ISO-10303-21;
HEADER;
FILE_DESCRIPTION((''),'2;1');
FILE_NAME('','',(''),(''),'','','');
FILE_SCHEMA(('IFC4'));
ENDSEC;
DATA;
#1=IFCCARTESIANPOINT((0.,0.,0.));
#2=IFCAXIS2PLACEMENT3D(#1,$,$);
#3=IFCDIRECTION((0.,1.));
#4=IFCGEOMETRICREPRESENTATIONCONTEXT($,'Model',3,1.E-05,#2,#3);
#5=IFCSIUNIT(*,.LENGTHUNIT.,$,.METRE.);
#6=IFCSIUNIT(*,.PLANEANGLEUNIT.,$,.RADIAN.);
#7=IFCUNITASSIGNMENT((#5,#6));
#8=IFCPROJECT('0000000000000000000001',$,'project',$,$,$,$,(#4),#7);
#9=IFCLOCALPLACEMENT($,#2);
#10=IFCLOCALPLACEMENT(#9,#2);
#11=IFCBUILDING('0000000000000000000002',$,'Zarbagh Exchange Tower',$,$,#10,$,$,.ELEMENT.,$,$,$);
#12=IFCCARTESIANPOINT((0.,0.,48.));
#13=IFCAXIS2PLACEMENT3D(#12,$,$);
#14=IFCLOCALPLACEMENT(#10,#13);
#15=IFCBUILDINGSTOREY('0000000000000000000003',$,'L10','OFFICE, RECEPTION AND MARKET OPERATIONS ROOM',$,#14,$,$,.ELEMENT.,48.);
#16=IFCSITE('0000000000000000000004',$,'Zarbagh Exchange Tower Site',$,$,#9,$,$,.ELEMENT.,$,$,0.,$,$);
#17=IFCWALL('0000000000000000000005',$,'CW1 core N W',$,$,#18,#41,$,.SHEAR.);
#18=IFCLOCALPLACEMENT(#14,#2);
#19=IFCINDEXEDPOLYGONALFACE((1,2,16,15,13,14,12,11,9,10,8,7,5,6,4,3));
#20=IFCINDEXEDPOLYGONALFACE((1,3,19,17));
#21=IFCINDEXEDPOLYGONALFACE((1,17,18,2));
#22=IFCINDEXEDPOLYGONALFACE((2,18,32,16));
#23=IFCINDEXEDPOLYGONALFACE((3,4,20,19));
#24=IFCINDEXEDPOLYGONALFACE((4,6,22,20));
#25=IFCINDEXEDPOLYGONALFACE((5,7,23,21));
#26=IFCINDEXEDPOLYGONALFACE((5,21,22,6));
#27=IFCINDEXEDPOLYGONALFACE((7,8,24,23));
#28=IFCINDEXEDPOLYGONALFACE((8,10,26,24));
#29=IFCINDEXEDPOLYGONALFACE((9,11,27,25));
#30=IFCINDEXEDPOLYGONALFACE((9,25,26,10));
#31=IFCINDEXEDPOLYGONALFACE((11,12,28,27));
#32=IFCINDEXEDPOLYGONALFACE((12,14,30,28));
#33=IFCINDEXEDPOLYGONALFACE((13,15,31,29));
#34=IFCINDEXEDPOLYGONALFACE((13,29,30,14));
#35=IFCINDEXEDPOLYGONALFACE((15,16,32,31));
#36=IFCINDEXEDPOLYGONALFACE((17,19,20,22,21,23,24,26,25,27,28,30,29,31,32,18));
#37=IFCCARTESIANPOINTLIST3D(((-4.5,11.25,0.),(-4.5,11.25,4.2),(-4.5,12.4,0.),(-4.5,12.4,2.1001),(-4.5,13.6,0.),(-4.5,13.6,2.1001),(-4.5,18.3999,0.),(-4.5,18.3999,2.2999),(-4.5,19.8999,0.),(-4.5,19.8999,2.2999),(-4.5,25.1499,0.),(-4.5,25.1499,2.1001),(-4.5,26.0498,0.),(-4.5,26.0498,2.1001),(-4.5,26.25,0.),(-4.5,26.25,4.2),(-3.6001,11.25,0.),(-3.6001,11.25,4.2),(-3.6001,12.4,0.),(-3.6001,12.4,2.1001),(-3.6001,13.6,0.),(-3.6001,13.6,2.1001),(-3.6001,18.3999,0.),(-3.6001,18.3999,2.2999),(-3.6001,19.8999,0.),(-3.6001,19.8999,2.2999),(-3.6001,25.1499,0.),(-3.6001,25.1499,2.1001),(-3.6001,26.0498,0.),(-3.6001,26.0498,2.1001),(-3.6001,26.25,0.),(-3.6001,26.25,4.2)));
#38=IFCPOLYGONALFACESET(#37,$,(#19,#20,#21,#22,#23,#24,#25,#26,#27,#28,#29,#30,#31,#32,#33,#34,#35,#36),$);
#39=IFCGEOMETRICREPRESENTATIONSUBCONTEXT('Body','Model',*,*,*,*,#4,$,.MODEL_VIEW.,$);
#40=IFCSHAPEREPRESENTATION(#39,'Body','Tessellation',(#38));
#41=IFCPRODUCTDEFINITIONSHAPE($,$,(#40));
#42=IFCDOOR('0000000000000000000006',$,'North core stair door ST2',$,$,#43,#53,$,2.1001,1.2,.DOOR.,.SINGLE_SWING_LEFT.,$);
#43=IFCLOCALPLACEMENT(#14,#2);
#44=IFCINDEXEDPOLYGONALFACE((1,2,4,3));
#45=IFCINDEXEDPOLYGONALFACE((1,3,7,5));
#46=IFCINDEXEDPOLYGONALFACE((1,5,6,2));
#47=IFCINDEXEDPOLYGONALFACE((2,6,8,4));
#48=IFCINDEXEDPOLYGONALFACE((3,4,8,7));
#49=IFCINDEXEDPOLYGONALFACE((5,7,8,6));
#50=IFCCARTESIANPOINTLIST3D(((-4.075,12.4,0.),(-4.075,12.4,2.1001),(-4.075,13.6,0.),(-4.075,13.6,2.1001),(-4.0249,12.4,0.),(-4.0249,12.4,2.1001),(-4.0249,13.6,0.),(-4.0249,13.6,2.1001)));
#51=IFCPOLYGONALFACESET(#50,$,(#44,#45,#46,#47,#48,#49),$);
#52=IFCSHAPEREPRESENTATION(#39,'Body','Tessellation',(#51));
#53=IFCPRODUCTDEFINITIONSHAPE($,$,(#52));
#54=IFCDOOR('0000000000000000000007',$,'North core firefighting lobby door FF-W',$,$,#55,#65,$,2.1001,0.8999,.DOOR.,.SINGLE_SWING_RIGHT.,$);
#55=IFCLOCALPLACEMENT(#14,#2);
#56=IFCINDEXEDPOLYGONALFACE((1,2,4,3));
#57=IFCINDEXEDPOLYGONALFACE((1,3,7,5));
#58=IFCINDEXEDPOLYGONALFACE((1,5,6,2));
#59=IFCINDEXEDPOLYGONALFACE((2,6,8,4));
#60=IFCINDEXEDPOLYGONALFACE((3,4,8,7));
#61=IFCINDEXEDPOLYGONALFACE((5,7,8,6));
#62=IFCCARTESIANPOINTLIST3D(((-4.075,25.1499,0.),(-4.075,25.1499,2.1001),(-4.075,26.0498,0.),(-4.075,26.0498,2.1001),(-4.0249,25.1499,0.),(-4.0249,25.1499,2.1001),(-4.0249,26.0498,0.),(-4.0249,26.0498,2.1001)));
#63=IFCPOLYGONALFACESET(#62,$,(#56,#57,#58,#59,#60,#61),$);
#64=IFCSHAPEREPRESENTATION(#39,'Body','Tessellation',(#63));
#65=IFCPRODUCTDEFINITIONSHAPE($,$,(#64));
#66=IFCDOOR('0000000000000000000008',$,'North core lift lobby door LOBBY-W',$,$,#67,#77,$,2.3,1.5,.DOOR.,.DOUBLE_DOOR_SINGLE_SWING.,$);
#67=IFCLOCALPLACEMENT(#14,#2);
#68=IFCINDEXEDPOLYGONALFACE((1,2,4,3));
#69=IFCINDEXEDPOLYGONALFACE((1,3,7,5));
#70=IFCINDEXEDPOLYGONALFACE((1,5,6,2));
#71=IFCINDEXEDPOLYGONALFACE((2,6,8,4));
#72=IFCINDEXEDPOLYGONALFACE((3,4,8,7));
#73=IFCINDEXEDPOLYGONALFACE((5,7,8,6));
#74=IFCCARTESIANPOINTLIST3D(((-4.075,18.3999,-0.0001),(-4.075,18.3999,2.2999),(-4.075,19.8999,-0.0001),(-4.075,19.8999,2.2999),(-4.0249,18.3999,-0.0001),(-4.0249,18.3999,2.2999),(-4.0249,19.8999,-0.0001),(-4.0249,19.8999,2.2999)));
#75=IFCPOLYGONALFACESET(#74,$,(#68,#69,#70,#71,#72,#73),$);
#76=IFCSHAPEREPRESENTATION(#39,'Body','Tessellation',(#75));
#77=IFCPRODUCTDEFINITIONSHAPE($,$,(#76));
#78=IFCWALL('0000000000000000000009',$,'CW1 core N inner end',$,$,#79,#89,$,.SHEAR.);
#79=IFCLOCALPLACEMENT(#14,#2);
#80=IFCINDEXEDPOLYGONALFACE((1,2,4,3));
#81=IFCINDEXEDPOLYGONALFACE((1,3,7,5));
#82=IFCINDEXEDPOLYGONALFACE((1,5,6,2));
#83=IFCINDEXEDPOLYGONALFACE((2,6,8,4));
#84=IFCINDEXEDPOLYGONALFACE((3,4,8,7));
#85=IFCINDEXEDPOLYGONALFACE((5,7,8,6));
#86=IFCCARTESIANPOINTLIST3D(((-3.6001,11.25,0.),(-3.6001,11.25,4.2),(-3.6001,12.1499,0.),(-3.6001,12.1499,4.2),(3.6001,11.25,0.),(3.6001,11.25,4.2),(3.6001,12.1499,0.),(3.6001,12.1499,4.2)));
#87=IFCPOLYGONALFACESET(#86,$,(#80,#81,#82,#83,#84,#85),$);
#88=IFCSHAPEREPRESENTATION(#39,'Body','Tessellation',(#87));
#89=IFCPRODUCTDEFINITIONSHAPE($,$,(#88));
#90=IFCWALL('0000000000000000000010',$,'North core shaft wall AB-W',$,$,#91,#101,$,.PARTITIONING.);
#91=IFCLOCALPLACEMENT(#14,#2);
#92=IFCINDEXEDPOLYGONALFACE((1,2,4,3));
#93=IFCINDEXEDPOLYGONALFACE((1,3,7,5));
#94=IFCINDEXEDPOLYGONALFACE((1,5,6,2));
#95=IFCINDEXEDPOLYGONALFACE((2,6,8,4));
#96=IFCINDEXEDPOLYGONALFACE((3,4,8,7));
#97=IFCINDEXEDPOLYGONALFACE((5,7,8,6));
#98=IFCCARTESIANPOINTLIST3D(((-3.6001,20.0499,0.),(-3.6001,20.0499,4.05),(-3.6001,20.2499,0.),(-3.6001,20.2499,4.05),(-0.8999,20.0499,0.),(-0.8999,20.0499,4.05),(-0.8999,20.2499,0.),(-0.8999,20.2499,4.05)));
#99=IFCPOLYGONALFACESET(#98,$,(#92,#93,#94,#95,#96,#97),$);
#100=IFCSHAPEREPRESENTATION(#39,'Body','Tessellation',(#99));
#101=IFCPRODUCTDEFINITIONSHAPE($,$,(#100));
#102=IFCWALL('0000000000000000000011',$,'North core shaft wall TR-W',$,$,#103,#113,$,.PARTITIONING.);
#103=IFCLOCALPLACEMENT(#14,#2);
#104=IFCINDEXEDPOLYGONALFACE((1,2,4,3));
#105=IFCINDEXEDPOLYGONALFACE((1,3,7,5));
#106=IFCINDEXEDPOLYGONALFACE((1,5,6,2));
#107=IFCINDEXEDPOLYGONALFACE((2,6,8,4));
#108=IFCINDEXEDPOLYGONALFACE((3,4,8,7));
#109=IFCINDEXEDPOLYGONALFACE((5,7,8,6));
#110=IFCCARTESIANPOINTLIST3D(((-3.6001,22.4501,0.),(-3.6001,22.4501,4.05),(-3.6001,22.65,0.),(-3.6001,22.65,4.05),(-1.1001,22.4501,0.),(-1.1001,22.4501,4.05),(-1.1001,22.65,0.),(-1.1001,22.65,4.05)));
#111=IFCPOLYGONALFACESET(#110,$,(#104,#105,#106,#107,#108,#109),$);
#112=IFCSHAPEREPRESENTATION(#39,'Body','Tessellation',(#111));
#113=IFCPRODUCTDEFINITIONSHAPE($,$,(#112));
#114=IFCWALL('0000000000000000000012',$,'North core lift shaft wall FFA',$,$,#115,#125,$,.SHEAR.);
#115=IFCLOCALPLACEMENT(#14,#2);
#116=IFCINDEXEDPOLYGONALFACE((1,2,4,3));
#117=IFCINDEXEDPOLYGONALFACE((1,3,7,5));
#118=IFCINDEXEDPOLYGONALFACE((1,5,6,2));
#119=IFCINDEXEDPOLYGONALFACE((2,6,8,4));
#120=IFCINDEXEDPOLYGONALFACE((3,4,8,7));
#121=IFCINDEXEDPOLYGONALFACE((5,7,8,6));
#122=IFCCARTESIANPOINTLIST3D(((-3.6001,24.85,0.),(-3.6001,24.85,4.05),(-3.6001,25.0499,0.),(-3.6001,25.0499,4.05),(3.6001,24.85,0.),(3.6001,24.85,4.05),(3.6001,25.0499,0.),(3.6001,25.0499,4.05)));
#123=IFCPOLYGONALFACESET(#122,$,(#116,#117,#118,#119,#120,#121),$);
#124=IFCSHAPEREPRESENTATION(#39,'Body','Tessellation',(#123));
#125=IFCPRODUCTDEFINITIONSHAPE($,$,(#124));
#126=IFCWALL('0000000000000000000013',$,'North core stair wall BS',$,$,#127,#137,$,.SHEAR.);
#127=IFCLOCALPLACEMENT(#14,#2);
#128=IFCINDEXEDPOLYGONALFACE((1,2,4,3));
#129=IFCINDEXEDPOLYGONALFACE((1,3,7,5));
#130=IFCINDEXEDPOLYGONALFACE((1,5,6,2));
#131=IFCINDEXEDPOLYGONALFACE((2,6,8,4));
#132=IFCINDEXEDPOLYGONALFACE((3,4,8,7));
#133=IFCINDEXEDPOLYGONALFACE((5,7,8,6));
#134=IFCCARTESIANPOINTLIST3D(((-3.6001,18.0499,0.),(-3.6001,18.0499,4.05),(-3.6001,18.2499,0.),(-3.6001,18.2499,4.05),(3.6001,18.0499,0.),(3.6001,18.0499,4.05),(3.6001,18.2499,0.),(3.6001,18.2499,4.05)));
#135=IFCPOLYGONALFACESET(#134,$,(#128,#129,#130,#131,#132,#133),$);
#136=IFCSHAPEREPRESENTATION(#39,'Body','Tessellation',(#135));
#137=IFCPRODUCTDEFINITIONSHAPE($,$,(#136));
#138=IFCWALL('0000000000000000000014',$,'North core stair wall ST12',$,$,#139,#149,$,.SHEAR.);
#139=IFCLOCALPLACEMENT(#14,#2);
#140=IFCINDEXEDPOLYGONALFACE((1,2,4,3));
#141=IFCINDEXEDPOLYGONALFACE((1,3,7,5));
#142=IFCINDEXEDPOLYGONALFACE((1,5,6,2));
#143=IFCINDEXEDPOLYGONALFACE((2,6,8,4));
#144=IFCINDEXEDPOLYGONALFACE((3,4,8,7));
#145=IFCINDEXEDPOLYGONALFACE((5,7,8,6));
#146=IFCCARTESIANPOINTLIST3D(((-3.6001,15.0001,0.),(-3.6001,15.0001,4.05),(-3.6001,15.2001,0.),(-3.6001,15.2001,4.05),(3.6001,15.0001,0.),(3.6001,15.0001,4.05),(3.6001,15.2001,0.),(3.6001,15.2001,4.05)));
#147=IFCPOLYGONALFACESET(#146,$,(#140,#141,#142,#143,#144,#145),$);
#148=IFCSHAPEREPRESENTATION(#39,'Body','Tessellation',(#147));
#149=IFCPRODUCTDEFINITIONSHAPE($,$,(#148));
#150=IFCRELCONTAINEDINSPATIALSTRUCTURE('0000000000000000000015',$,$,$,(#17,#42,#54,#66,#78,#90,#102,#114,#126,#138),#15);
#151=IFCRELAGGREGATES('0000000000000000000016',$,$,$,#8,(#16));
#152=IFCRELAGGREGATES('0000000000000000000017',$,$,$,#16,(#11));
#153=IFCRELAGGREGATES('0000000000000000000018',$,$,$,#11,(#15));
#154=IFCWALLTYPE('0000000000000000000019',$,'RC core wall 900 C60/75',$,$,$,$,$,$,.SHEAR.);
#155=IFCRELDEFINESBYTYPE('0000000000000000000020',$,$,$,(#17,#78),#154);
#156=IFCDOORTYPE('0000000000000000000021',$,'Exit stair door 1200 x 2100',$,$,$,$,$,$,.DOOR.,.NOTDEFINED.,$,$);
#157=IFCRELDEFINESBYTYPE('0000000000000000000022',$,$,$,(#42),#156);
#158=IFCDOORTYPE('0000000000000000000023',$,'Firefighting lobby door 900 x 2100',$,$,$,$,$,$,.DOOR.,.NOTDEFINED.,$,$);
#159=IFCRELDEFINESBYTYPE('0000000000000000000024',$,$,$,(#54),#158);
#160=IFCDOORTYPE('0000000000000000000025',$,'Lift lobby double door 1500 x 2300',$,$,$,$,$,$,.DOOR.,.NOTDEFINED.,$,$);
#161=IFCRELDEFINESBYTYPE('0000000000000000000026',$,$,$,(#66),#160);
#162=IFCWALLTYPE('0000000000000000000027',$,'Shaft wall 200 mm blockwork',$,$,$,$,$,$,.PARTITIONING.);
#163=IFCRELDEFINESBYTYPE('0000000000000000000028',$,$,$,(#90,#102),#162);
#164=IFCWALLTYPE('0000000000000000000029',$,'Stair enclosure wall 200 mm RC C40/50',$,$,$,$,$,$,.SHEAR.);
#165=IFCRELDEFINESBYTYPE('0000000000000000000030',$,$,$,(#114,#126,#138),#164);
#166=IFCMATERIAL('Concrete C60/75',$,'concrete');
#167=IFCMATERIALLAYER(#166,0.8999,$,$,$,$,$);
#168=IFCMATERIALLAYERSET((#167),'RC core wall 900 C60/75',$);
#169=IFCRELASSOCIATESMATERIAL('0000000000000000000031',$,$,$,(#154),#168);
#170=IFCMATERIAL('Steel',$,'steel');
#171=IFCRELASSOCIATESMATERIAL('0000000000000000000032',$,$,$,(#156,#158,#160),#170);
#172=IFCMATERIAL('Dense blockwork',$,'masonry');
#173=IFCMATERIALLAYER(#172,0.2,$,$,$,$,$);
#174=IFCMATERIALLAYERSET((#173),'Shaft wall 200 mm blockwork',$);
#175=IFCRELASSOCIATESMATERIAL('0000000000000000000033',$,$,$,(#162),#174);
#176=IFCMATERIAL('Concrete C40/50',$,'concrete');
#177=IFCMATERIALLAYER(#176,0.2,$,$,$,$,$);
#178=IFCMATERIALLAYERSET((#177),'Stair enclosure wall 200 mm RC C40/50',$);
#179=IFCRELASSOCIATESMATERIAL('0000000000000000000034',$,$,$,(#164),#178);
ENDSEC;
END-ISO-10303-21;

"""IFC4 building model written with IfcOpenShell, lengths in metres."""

from ifc_helpers import new_model, si_unit, direction, frame, frame_2d, origin, place, context, subcontext, project, spatial, rectangle, extrude, material, layer, layer_set, type_object, element, fill, save


model = new_model("IFC4")

# Units and contexts
model_context = context("Model", 3, precision=1e-05, world=origin(), true_north=direction((0.0, 1.0)))
body_context = subcontext(model_context, "Body", "Model", "MODEL_VIEW")
ifc_project = project(units=[si_unit("LENGTHUNIT", "METRE"), si_unit("PLANEANGLEUNIT", "RADIAN")], contexts=[model_context])

# Site, building, storey
site_placement = place(None, origin())
site = spatial("IfcSite", under=ifc_project, at=site_placement, Name="Zarbagh Exchange Tower Site", CompositionType="ELEMENT", RefElevation=0.0)
building_placement = place(site_placement, origin())
building = spatial("IfcBuilding", under=site, at=building_placement, Name="Zarbagh Exchange Tower", CompositionType="ELEMENT")
storey_placement = place(building_placement, frame((0.0, 0.0, 48.0)))
storey = spatial("IfcBuildingStorey", under=building, at=storey_placement, Name="L10", Description="OFFICE, RECEPTION AND MARKET OPERATIONS ROOM", CompositionType="ELEMENT", Elevation=48.0)

# Shared definitions
ifc_material_1 = material(Name="Concrete C60/75", Category="concrete")

# Wall, openings, doors
ifc_layer_1 = layer(ifc_material_1, 0.8999)
ifc_layer_set_1 = layer_set([ifc_layer_1], Name="RC core wall 900 C60/75")
wall_type_1 = type_object("IfcWallType", Name="RC core wall 900 C60/75", PredefinedType="SHEAR", material=ifc_layer_set_1)
wall_1_placement = place(storey_placement, frame((-4.05, 11.25, 0.0), z_axis=(0.0, 0.0, 1.0), x_axis=(0.0, 1.0, 0.0)))
wall_1 = element("IfcWall", 1, at=wall_1_placement, inside=storey, type_object=wall_type_1, Name="CW1 core N W", PredefinedType="SHEAR", context=body_context, shape_type="SweptSolid", body=[
    extrude(rectangle(XDim=15.0, YDim=0.8999, at=frame_2d((7.5, 0.0))), origin(), (0.0, 0.0, 1.0), 4.2),
])
opening_1_placement = place(wall_1_placement, frame((7.1499, 0.0, 0.0)))
opening_1 = element("IfcOpeningElement", 2, at=opening_1_placement, cuts=wall_1, PredefinedType="OPENING", context=body_context, shape_type="SweptSolid", body=[
    extrude(rectangle(XDim=1.5, YDim=2.3, at=frame_2d((0.75, 1.1499))), frame((0.0, 0.46, 0.0), z_axis=(0.0, -1.0, 0.0), x_axis=(1.0, 0.0, 0.0)), (0.0, 0.0, 1.0), 0.9199),
])
opening_2_placement = place(wall_1_placement, frame((13.8999, 0.0, 0.0)))
opening_2 = element("IfcOpeningElement", 3, at=opening_2_placement, cuts=wall_1, PredefinedType="OPENING", context=body_context, shape_type="SweptSolid", body=[
    extrude(rectangle(XDim=0.8999, YDim=2.1001, at=frame_2d((0.45, 1.05))), frame((0.0, 0.46, 0.0), z_axis=(0.0, -1.0, 0.0), x_axis=(1.0, 0.0, 0.0)), (0.0, 0.0, 1.0), 0.9199),
])
opening_3_placement = place(wall_1_placement, frame((1.1499, 0.0, 0.0)))
opening_3 = element("IfcOpeningElement", 4, at=opening_3_placement, cuts=wall_1, PredefinedType="OPENING", context=body_context, shape_type="SweptSolid", body=[
    extrude(rectangle(XDim=1.2, YDim=2.1001, at=frame_2d((0.6001, 1.05))), frame((0.0, 0.46, 0.0), z_axis=(0.0, -1.0, 0.0), x_axis=(1.0, 0.0, 0.0)), (0.0, 0.0, 1.0), 0.9199),
])
ifc_material_2 = material(Name="Steel", Category="steel")
door_type_1 = type_object("IfcDoorType", Name="Exit stair door 1200 x 2100", OperationType="NOTDEFINED", PredefinedType="DOOR", material=ifc_material_2)
door_1_placement = place(opening_3_placement, origin())
door_1 = element("IfcDoor", 5, at=door_1_placement, inside=storey, type_object=door_type_1, Name="North core stair door ST2", OperationType="SINGLE_SWING_LEFT", OverallHeight=2.1001, OverallWidth=1.2, PredefinedType="DOOR", context=body_context, shape_type="SweptSolid", body=[
    extrude(rectangle(XDim=1.2, YDim=2.1001, at=frame_2d((0.6001, 1.05))), frame((0.0, 0.0249, 0.0), z_axis=(0.0, -1.0, 0.0), x_axis=(1.0, 0.0, 0.0)), (0.0, 0.0, 1.0), 0.05),
])
fill(opening_3, door_1)
door_type_2 = type_object("IfcDoorType", Name="Firefighting lobby door 900 x 2100", OperationType="NOTDEFINED", PredefinedType="DOOR", material=ifc_material_2)
door_2_placement = place(opening_2_placement, origin())
door_2 = element("IfcDoor", 6, at=door_2_placement, inside=storey, type_object=door_type_2, Name="North core firefighting lobby door FF-W", OperationType="SINGLE_SWING_RIGHT", OverallHeight=2.1001, OverallWidth=0.8999, PredefinedType="DOOR", context=body_context, shape_type="SweptSolid", body=[
    extrude(rectangle(XDim=0.8999, YDim=2.1001, at=frame_2d((0.45, 1.05))), frame((0.0, 0.0249, 0.0), z_axis=(0.0, -1.0, 0.0), x_axis=(1.0, 0.0, 0.0)), (0.0, 0.0, 1.0), 0.05),
])
fill(opening_2, door_2)
door_type_3 = type_object("IfcDoorType", Name="Lift lobby double door 1500 x 2300", OperationType="NOTDEFINED", PredefinedType="DOOR", material=ifc_material_2)
door_3_placement = place(opening_1_placement, origin())
door_3 = element("IfcDoor", 7, at=door_3_placement, inside=storey, type_object=door_type_3, Name="North core lift lobby door LOBBY-W", OperationType="DOUBLE_DOOR_SINGLE_SWING", OverallHeight=2.3, OverallWidth=1.5, PredefinedType="DOOR", context=body_context, shape_type="SweptSolid", body=[
    extrude(rectangle(XDim=1.5, YDim=2.3, at=frame_2d((0.75, 1.1499))), frame((0.0, 0.0249, 0.0), z_axis=(0.0, -1.0, 0.0), x_axis=(1.0, 0.0, 0.0)), (0.0, 0.0, 1.0), 0.05),
])
fill(opening_1, door_3)

# Walls
wall_2_placement = place(storey_placement, frame((-3.6001, 11.7, 0.0), z_axis=(0.0, 0.0, 1.0), x_axis=(1.0, 0.0, 0.0)))
element("IfcWall", 8, at=wall_2_placement, inside=storey, type_object=wall_type_1, Name="CW1 core N inner end", PredefinedType="SHEAR", context=body_context, shape_type="SweptSolid", body=[
    extrude(rectangle(XDim=7.2002, YDim=0.8999, at=frame_2d((3.6001, 0.0))), origin(), (0.0, 0.0, 1.0), 4.2),
])
ifc_material_3 = material(Name="Dense blockwork", Category="masonry")
ifc_layer_2 = layer(ifc_material_3, 0.2)
ifc_layer_set_2 = layer_set([ifc_layer_2], Name="Shaft wall 200 mm blockwork")
wall_type_2 = type_object("IfcWallType", Name="Shaft wall 200 mm blockwork", PredefinedType="PARTITIONING", material=ifc_layer_set_2)
wall_3_placement = place(storey_placement, frame((-3.6001, 20.1499, 0.0), z_axis=(0.0, 0.0, 1.0), x_axis=(1.0, 0.0, 0.0)))
element("IfcWall", 9, at=wall_3_placement, inside=storey, type_object=wall_type_2, Name="North core shaft wall AB-W", PredefinedType="PARTITIONING", context=body_context, shape_type="SweptSolid", body=[
    extrude(rectangle(XDim=2.7002, YDim=0.2, at=frame_2d((1.3501, 0.0))), origin(), (0.0, 0.0, 1.0), 4.05),
])
wall_4_placement = place(storey_placement, frame((-3.6001, 22.55, 0.0), z_axis=(0.0, 0.0, 1.0), x_axis=(1.0, 0.0, 0.0)))
element("IfcWall", 10, at=wall_4_placement, inside=storey, type_object=wall_type_2, Name="North core shaft wall TR-W", PredefinedType="PARTITIONING", context=body_context, shape_type="SweptSolid", body=[
    extrude(rectangle(XDim=2.5, YDim=0.2, at=frame_2d((1.25, 0.0))), origin(), (0.0, 0.0, 1.0), 4.05),
])
ifc_material_4 = material(Name="Concrete C40/50", Category="concrete")
ifc_layer_3 = layer(ifc_material_4, 0.2)
ifc_layer_set_3 = layer_set([ifc_layer_3], Name="Stair enclosure wall 200 mm RC C40/50")
wall_type_3 = type_object("IfcWallType", Name="Stair enclosure wall 200 mm RC C40/50", PredefinedType="SHEAR", material=ifc_layer_set_3)
for number, where, z_axis, x_axis, name in (
    (11, (-3.6001, 24.95, 0.0), (0.0, 0.0, 1.0), (1.0, 0.0, 0.0), "North core lift shaft wall FFA"),
    (12, (-3.6001, 18.1499, 0.0), (0.0, 0.0, 1.0), (1.0, 0.0, 0.0), "North core stair wall BS"),
    (13, (-3.6001, 15.1001, 0.0), (0.0, 0.0, 1.0), (1.0, 0.0, 0.0), "North core stair wall ST12"),
):
    element("IfcWall", number, at=place(storey_placement, frame(where, z_axis=z_axis, x_axis=x_axis)), inside=storey, type_object=wall_type_3, Name=name, PredefinedType="SHEAR", context=body_context, shape_type="SweptSolid", body=[
        extrude(rectangle(XDim=7.2002, YDim=0.2, at=frame_2d((3.6001, 0.0))), origin(), (0.0, 0.0, 1.0), 4.05),
    ])

save(model, "model.ifc")
